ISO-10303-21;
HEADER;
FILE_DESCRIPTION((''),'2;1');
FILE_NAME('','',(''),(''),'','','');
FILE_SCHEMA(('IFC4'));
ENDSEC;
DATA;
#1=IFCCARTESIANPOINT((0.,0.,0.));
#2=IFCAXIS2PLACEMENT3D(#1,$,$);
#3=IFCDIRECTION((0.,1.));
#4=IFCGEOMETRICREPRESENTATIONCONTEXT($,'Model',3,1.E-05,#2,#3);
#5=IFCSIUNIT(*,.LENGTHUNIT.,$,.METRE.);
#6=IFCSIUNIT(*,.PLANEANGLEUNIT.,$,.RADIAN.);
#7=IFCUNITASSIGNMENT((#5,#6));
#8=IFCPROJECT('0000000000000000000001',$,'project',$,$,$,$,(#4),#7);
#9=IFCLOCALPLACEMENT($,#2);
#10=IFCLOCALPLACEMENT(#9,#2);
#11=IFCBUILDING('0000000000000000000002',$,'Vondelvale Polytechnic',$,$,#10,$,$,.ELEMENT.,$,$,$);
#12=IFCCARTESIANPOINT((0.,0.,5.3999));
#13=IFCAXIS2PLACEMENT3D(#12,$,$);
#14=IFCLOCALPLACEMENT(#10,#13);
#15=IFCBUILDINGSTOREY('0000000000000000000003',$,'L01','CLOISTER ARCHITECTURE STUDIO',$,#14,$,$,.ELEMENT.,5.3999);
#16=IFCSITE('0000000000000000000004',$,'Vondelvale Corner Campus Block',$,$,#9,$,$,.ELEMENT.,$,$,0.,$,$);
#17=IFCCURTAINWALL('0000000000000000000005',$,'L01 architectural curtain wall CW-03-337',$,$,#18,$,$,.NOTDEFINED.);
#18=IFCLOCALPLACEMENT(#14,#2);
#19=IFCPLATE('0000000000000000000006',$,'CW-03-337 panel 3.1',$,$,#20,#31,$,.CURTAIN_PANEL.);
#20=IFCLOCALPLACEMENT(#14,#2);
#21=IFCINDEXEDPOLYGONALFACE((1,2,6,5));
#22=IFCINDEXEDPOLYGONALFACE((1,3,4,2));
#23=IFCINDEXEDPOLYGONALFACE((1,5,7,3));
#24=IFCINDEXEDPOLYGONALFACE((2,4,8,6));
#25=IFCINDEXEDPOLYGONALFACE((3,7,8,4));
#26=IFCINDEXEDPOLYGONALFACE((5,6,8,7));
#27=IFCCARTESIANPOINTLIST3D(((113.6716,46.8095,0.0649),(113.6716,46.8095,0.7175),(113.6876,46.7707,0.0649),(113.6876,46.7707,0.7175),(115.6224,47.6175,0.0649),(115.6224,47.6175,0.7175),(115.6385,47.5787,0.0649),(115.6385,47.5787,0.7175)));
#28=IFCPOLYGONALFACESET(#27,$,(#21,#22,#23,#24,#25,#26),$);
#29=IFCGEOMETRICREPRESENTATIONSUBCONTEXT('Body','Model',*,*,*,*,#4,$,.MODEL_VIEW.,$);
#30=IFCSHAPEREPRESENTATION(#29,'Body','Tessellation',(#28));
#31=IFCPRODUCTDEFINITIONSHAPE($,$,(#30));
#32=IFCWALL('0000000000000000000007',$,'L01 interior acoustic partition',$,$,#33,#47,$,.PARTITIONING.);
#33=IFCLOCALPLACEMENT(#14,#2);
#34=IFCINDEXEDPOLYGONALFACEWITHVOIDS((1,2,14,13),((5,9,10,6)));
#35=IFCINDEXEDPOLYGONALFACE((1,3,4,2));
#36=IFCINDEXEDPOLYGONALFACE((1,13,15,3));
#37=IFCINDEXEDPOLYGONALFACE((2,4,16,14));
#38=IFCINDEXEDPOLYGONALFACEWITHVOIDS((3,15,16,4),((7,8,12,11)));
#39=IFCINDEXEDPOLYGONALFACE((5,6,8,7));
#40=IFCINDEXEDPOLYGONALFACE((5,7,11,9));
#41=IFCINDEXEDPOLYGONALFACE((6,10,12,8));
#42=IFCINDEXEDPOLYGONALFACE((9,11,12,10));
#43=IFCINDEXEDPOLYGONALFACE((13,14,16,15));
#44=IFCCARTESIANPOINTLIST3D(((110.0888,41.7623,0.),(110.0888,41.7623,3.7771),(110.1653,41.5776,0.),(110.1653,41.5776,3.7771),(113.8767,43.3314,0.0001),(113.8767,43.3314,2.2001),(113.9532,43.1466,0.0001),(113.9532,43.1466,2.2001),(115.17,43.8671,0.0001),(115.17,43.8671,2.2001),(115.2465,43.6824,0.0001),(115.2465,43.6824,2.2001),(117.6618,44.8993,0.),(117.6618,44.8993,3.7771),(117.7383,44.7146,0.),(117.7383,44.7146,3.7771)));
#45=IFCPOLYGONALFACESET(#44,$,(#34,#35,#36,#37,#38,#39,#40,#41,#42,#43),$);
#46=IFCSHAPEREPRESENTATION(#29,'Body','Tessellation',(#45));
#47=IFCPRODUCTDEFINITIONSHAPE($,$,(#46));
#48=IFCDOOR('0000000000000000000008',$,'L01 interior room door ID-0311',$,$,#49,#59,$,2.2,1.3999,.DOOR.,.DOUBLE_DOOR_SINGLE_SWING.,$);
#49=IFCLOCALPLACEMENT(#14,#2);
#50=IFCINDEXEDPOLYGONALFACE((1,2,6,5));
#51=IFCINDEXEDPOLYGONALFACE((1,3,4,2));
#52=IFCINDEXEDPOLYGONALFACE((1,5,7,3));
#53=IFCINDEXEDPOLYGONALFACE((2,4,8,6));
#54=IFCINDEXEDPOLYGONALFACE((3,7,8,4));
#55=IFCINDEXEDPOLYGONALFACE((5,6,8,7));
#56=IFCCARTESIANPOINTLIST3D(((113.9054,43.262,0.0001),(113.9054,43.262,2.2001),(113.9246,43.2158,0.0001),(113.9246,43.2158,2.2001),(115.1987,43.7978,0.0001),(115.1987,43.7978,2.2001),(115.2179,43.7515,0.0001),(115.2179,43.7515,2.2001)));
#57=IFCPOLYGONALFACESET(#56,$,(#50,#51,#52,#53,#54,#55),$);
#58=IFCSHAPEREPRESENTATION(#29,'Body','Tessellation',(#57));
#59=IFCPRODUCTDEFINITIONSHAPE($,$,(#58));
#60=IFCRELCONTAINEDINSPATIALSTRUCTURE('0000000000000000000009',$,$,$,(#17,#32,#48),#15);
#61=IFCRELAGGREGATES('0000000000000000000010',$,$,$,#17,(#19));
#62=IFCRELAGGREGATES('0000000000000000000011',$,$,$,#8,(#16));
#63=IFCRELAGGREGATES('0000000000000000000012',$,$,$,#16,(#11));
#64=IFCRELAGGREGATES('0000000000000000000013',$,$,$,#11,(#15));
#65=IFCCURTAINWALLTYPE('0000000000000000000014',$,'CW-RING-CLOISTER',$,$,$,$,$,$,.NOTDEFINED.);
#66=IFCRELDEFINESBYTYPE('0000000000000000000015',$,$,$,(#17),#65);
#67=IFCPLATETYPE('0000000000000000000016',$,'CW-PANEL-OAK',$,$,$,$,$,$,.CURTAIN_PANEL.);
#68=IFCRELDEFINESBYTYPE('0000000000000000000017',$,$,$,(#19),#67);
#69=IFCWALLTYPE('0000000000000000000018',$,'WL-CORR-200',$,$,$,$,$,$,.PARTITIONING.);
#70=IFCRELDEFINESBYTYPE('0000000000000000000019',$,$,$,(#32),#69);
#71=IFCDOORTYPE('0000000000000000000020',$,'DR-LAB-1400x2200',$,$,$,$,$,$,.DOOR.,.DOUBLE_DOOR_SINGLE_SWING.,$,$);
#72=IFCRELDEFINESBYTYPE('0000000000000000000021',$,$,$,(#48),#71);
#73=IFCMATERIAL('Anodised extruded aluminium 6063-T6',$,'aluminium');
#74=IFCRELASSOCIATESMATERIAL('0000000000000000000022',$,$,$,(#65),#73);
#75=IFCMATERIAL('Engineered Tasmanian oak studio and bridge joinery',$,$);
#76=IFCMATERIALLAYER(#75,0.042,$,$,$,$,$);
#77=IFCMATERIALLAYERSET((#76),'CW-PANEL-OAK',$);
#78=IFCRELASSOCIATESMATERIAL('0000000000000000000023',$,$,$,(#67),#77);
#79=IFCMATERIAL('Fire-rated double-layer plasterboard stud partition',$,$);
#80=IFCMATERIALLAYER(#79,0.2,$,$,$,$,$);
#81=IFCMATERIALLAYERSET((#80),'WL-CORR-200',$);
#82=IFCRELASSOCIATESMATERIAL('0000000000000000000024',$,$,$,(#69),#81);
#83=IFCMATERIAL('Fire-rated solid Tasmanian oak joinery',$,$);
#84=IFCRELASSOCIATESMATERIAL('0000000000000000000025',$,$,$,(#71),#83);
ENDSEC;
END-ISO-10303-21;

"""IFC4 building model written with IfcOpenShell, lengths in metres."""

from ifc_helpers import new_model, si_unit, direction, frame, frame_2d, origin, origin_2d, place, context, subcontext, project, spatial, rectangle, extrude, material, layer, layer_set, type_object, element, fill, aggregate, save


model = new_model("IFC4")

# Units and contexts
model_context = context("Model", 3, precision=1e-05, world=origin(), true_north=direction((0.0, 1.0)))
body_context = subcontext(model_context, "Body", "Model", "MODEL_VIEW")
ifc_project = project(units=[si_unit("LENGTHUNIT", "METRE"), si_unit("PLANEANGLEUNIT", "RADIAN")], contexts=[model_context])

# Site, building, storey
site_placement = place(None, origin())
site = spatial("IfcSite", under=ifc_project, at=site_placement, Name="Vondelvale Corner Campus Block", CompositionType="ELEMENT", RefElevation=0.0)
building_placement = place(site_placement, origin())
building = spatial("IfcBuilding", under=site, at=building_placement, Name="Vondelvale Polytechnic", CompositionType="ELEMENT")
storey_placement = place(building_placement, frame((0.0, 0.0, 5.3999)))
storey = spatial("IfcBuildingStorey", under=building, at=storey_placement, Name="L01", Description="CLOISTER ARCHITECTURE STUDIO", CompositionType="ELEMENT", Elevation=5.3999)

# Curtain wall
ifc_material_1 = material(Name="Anodised extruded aluminium 6063-T6", Category="aluminium")
curtain_wall_type = type_object("IfcCurtainWallType", Name="CW-RING-CLOISTER", PredefinedType="NOTDEFINED", material=ifc_material_1)
curtain_wall_placement = place(storey_placement, origin())
curtain_wall = element("IfcCurtainWall", 1, at=curtain_wall_placement, inside=storey, type_object=curtain_wall_type, Name="L01 architectural curtain wall CW-03-337", PredefinedType="NOTDEFINED")

# Plate
ifc_material_2 = material(Name="Engineered Tasmanian oak studio and bridge joinery")
ifc_layer_1 = layer(ifc_material_2, 0.042)
ifc_layer_set_1 = layer_set([ifc_layer_1], Name="CW-PANEL-OAK")
plate_type_1 = type_object("IfcPlateType", Name="CW-PANEL-OAK", PredefinedType="CURTAIN_PANEL", material=ifc_layer_set_1)
plate_1_placement = place(storey_placement, frame((114.655, 47.1941, 0.0649), z_axis=(0.0, 0.0, 1.0), x_axis=(0.923882, 0.382679, 0.0)))
plate_1 = element("IfcPlate", 2, at=plate_1_placement, type_object=plate_type_1, Name="CW-03-337 panel 3.1", PredefinedType="CURTAIN_PANEL", context=body_context, shape_type="SweptSolid", body=[
    extrude(rectangle(XDim=2.1116, YDim=0.042, at=origin_2d()), origin(), (0.0, 0.0, 1.0), 0.6526),
])
aggregate(curtain_wall, [plate_1])

# Wall, opening, door
ifc_material_3 = material(Name="Fire-rated double-layer plasterboard stud partition")
ifc_layer_2 = layer(ifc_material_3, 0.2)
ifc_layer_set_2 = layer_set([ifc_layer_2], Name="WL-CORR-200")
wall_type = type_object("IfcWallType", Name="WL-CORR-200", PredefinedType="PARTITIONING", material=ifc_layer_set_2)
wall_placement = place(storey_placement, frame((110.127, 41.6699, 0.0), z_axis=(0.0, 0.0, 1.0), x_axis=(0.923874, 0.382696, 0.0)))
wall = element("IfcWall", 3, at=wall_placement, inside=storey, type_object=wall_type, Name="L01 interior acoustic partition", PredefinedType="PARTITIONING", context=body_context, shape_type="SweptSolid", body=[
    extrude(rectangle(XDim=8.197, YDim=0.2, at=frame_2d((4.0986, 0.0))), origin(), (0.0, 0.0, 1.0), 3.7771),
])
opening_placement = place(wall_placement, frame((4.1001, 0.0, 0.0)))
opening = element("IfcOpeningElement", 4, at=opening_placement, cuts=wall, PredefinedType="OPENING", context=body_context, shape_type="SweptSolid", body=[
    extrude(rectangle(XDim=1.3999, YDim=2.2, at=frame_2d((0.7, 1.1001))), frame((0.0, 0.1099, 0.0), z_axis=(0.0, -1.0, 0.0), x_axis=(1.0, 0.0, 0.0)), (0.0, 0.0, 1.0), 0.22),
])
ifc_material_4 = material(Name="Fire-rated solid Tasmanian oak joinery")
door_type = type_object("IfcDoorType", Name="DR-LAB-1400x2200", OperationType="DOUBLE_DOOR_SINGLE_SWING", PredefinedType="DOOR", material=ifc_material_4)
door_placement = place(opening_placement, origin())
door = element("IfcDoor", 5, at=door_placement, inside=storey, type_object=door_type, Name="L01 interior room door ID-0311", OperationType="DOUBLE_DOOR_SINGLE_SWING", OverallHeight=2.2, OverallWidth=1.3999, PredefinedType="DOOR", context=body_context, shape_type="SweptSolid", body=[
    extrude(rectangle(XDim=1.3999, YDim=2.2, at=frame_2d((0.7, 1.1001))), frame((0.0, 0.0249, 0.0), z_axis=(0.0, -1.0, 0.0), x_axis=(1.0, 0.0, 0.0)), (0.0, 0.0, 1.0), 0.05),
])
fill(opening, door)

save(model, "model.ifc")
